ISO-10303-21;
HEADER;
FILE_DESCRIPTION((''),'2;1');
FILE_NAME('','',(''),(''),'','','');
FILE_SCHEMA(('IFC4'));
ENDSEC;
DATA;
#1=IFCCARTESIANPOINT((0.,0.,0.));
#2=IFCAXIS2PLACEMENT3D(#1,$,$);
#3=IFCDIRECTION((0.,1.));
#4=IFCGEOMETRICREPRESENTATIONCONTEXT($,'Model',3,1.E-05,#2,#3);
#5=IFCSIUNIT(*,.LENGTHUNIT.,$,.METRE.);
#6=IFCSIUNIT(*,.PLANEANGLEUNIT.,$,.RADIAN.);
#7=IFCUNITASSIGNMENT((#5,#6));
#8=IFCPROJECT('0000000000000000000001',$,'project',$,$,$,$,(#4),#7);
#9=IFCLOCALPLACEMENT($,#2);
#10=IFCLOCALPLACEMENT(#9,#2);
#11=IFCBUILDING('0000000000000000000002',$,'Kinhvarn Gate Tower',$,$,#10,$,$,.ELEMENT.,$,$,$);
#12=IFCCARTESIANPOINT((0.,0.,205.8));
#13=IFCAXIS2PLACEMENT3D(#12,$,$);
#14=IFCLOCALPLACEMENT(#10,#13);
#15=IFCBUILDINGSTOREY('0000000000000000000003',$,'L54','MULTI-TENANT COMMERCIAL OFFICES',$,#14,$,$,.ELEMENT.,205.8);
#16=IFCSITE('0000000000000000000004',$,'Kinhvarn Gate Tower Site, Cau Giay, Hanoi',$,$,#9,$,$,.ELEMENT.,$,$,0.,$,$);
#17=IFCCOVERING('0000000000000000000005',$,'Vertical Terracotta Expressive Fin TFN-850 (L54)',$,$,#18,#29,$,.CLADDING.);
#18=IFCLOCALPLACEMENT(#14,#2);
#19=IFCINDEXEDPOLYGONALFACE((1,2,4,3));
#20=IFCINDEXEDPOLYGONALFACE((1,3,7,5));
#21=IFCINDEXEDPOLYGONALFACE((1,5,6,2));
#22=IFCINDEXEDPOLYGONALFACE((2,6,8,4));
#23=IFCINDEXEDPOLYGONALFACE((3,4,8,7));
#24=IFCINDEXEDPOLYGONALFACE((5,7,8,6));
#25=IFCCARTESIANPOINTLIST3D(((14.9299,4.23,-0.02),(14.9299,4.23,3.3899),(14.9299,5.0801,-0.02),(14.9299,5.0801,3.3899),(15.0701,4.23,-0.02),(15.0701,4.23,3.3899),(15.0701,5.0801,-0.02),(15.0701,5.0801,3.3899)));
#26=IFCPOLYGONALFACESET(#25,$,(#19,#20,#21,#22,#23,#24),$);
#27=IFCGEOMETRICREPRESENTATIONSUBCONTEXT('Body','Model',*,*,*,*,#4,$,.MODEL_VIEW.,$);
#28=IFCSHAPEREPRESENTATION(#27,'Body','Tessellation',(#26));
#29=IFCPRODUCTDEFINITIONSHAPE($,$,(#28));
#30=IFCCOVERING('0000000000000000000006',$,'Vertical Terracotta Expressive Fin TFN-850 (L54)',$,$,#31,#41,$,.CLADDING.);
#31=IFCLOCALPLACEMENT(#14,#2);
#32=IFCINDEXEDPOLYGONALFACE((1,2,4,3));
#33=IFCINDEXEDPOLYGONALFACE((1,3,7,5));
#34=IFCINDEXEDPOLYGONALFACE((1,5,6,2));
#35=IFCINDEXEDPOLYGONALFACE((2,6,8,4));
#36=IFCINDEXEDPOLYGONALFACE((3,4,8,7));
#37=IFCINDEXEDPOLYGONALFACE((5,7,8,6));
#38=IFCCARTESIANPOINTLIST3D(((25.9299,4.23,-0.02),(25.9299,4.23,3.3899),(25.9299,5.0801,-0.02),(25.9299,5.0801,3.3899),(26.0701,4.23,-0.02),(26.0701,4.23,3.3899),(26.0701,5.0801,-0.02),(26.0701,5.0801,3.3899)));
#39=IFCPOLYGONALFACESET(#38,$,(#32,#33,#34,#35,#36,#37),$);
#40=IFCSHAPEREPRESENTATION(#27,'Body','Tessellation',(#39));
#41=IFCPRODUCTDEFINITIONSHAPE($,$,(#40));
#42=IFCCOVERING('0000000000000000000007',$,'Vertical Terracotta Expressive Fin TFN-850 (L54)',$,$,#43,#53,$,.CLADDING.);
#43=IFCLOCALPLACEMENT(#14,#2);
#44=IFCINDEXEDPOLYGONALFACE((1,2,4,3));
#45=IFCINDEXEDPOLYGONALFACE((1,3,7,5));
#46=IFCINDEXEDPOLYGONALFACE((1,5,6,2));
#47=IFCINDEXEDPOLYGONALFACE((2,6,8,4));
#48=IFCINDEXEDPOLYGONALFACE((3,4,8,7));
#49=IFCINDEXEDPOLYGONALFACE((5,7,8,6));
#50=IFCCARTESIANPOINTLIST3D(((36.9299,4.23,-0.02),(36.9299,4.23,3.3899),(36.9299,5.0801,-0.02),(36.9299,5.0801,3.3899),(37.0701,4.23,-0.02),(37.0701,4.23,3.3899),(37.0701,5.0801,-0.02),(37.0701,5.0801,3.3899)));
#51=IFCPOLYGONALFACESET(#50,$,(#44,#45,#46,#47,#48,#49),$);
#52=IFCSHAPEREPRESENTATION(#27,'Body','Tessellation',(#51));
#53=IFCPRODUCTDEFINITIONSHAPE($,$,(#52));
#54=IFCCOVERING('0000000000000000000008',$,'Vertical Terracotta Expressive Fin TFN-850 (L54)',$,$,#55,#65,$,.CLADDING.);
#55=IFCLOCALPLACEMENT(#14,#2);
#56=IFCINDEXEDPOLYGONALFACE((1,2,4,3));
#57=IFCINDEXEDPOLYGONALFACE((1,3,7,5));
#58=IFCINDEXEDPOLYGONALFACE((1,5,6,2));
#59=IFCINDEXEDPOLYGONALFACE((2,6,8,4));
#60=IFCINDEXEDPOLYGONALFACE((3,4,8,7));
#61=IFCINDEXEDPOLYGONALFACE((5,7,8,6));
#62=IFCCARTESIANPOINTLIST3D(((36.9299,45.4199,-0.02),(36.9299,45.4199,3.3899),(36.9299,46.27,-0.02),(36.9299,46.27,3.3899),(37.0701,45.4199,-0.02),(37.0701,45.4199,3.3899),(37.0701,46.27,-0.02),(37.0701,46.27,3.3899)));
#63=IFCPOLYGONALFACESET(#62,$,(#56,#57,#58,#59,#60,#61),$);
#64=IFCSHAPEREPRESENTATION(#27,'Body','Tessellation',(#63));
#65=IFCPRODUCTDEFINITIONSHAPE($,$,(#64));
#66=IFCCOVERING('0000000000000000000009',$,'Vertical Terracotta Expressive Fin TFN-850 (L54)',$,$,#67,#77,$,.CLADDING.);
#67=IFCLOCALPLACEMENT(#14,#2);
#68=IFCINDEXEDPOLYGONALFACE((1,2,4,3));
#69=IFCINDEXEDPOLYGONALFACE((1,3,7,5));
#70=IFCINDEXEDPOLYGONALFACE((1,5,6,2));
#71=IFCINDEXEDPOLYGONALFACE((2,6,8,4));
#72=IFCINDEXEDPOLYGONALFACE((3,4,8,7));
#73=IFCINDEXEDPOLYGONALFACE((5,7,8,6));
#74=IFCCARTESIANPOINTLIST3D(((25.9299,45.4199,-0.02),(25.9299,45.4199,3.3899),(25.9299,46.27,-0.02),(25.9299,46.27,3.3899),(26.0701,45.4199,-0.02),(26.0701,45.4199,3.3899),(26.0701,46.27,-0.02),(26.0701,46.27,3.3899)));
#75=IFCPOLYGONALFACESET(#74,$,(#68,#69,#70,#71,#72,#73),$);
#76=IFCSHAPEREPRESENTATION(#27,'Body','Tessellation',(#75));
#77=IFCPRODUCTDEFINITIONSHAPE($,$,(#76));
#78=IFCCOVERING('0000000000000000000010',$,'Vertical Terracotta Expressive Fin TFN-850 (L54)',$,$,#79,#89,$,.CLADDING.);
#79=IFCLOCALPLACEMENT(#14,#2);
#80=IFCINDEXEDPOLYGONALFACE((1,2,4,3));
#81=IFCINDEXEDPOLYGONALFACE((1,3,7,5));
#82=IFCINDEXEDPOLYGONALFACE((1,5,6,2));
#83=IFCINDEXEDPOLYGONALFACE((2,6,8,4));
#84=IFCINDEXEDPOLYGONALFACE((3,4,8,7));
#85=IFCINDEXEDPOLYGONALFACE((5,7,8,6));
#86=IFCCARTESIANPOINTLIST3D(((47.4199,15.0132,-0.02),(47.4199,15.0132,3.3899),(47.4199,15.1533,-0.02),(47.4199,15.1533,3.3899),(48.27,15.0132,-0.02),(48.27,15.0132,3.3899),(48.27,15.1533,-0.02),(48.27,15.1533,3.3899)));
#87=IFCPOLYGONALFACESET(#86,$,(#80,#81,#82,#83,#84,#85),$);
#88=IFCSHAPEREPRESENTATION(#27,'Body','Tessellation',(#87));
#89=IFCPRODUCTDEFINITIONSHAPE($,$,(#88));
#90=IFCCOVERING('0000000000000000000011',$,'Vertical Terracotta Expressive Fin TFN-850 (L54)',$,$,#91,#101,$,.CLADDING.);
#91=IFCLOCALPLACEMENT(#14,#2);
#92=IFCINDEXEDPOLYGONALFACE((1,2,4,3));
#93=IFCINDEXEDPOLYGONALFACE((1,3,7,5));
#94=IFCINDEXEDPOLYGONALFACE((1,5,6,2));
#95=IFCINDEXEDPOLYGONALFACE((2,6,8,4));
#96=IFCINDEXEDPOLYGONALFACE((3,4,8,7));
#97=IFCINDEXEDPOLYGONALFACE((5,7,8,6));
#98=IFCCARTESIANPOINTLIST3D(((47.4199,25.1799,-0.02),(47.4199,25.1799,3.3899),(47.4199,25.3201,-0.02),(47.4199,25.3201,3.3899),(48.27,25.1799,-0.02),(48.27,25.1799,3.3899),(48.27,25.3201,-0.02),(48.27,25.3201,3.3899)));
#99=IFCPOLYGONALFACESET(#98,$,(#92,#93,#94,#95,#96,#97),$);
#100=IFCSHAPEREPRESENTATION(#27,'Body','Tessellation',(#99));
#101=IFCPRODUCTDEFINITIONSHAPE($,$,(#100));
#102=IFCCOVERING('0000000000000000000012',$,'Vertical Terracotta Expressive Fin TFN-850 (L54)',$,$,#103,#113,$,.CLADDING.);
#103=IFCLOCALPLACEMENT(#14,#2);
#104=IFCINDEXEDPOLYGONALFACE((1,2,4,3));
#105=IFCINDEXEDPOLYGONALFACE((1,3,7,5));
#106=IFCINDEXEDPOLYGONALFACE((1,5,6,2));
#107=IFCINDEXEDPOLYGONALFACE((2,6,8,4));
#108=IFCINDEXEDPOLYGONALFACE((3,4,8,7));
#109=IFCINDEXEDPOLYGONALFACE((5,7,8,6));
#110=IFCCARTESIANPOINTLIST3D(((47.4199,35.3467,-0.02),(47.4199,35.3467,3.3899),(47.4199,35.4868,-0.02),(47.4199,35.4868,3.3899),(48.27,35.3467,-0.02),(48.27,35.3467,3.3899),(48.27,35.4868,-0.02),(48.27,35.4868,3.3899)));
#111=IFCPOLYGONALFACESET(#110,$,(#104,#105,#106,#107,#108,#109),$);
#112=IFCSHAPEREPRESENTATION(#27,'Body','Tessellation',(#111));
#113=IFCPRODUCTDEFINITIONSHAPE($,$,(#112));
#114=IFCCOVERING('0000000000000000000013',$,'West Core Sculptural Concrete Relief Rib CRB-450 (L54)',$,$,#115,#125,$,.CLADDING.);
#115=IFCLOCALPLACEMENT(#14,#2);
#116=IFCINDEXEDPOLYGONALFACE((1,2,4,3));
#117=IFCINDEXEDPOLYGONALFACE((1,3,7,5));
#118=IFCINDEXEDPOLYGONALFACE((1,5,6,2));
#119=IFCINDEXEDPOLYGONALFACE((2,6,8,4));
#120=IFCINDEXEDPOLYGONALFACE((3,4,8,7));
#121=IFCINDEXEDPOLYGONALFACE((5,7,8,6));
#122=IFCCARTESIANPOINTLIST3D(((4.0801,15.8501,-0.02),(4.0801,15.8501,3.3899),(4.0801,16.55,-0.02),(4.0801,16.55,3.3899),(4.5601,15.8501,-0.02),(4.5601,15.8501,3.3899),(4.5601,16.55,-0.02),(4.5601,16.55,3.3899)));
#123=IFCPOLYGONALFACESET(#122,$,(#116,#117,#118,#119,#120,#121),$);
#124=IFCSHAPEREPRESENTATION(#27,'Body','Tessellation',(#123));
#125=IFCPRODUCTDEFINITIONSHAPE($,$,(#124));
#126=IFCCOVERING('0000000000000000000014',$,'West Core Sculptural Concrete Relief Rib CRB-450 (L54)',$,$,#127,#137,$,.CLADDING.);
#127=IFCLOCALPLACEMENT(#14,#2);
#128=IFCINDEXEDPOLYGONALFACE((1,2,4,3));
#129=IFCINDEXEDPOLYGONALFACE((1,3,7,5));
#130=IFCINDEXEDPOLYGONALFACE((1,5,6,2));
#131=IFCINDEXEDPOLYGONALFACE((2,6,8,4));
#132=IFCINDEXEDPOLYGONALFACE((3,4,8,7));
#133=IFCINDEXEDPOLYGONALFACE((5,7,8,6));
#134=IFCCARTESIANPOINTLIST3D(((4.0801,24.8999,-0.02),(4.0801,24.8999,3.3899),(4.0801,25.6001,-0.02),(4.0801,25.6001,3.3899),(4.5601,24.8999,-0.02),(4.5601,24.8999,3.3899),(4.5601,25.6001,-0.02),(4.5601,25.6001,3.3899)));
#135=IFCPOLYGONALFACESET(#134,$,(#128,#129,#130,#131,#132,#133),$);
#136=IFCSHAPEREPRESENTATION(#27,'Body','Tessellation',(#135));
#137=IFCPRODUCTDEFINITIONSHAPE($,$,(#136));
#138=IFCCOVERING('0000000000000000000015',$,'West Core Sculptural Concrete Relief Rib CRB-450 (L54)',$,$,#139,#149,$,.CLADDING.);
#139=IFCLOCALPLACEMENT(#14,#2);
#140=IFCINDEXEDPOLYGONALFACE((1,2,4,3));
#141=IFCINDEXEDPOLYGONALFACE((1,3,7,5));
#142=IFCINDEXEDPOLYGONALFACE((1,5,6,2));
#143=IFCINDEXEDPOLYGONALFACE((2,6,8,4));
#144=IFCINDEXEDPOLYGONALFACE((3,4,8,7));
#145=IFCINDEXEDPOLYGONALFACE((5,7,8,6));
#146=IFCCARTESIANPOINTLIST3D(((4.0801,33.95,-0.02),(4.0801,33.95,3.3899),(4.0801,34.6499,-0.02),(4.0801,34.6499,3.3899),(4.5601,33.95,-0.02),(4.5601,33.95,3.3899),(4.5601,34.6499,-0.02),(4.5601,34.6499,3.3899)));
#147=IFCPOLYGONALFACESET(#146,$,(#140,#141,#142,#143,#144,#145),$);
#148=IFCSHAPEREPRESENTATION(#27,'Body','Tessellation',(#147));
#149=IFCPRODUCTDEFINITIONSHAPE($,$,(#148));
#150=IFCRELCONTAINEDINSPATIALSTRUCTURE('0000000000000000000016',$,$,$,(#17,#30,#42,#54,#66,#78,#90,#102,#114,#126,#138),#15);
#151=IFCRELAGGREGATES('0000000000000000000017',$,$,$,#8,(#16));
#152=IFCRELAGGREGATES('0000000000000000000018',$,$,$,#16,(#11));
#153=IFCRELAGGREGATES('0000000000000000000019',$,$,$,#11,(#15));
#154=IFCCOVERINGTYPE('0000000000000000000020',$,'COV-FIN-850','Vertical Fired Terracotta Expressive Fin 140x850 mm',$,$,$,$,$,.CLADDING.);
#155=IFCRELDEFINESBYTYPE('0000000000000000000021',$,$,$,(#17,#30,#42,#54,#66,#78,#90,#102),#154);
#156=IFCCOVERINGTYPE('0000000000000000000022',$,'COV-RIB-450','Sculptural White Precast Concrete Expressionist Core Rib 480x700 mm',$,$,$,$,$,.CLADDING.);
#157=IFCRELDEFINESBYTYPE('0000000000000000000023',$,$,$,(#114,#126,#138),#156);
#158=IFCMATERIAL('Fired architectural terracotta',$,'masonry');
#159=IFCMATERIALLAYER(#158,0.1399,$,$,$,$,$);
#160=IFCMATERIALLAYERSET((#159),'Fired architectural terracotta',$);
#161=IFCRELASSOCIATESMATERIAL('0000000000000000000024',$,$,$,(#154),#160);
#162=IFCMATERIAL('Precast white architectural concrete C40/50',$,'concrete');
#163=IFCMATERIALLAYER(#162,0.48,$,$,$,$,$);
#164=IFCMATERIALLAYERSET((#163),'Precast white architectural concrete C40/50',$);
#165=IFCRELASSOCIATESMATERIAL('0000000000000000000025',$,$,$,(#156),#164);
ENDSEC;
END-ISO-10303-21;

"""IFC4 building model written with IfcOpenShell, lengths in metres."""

from ifc_helpers import new_model, si_unit, direction, frame, origin, place, context, subcontext, project, spatial, polyline, outline, extrude, material, layer, layer_set, type_object, element, save


model = new_model("IFC4")

# Units and contexts
model_context = context("Model", 3, precision=1e-05, world=origin(), true_north=direction((0.0, 1.0)))
body_context = subcontext(model_context, "Body", "Model", "MODEL_VIEW")
ifc_project = project(units=[si_unit("LENGTHUNIT", "METRE"), si_unit("PLANEANGLEUNIT", "RADIAN")], contexts=[model_context])

# Site, building, storey
site_placement = place(None, origin())
site = spatial("IfcSite", under=ifc_project, at=site_placement, Name="Kinhvarn Gate Tower Site, Cau Giay, Hanoi", CompositionType="ELEMENT", RefElevation=0.0)
building_placement = place(site_placement, origin())
building = spatial("IfcBuilding", under=site, at=building_placement, Name="Kinhvarn Gate Tower", CompositionType="ELEMENT")
storey_placement = place(building_placement, frame((0.0, 0.0, 205.8)))
storey = spatial("IfcBuildingStorey", under=building, at=storey_placement, Name="L54", Description="MULTI-TENANT COMMERCIAL OFFICES", CompositionType="ELEMENT", Elevation=205.8)

# Shared definitions
ifc_material_1 = material(Name="Precast white architectural concrete C40/50", Category="concrete")

# Coverings
ifc_material_2 = material(Name="Fired architectural terracotta", Category="masonry")
ifc_layer_1 = layer(ifc_material_2, 0.1399)
ifc_layer_set_1 = layer_set([ifc_layer_1], Name="Fired architectural terracotta")
covering_type_1 = type_object("IfcCoveringType", Name="COV-FIN-850", Description="Vertical Fired Terracotta Expressive Fin 140x850 mm", PredefinedType="CLADDING", material=ifc_layer_set_1)
covering_1_placement = place(storey_placement, frame((0.0, 0.0, -0.02)))
element("IfcCovering", 1, at=covering_1_placement, inside=storey, type_object=covering_type_1, Name="Vertical Terracotta Expressive Fin TFN-850 (L54)", PredefinedType="CLADDING", context=body_context, shape_type="SweptSolid", body=[
    extrude(outline(polyline([(14.9299, 5.0801), (15.0701, 5.0801), (15.0701, 4.23), (14.9299, 4.23), (14.9299, 5.0801)])), origin(), (0.0, 0.0, 1.0), 3.4099),
])
covering_2_placement = place(storey_placement, frame((0.0, 0.0, -0.02)))
element("IfcCovering", 2, at=covering_2_placement, inside=storey, type_object=covering_type_1, Name="Vertical Terracotta Expressive Fin TFN-850 (L54)", PredefinedType="CLADDING", context=body_context, shape_type="SweptSolid", body=[
    extrude(outline(polyline([(25.9299, 5.0801), (26.0701, 5.0801), (26.0701, 4.23), (25.9299, 4.23), (25.9299, 5.0801)])), origin(), (0.0, 0.0, 1.0), 3.4099),
])
covering_3_placement = place(storey_placement, frame((0.0, 0.0, -0.02)))
element("IfcCovering", 3, at=covering_3_placement, inside=storey, type_object=covering_type_1, Name="Vertical Terracotta Expressive Fin TFN-850 (L54)", PredefinedType="CLADDING", context=body_context, shape_type="SweptSolid", body=[
    extrude(outline(polyline([(36.9299, 5.0801), (37.0701, 5.0801), (37.0701, 4.23), (36.9299, 4.23), (36.9299, 5.0801)])), origin(), (0.0, 0.0, 1.0), 3.4099),
])
covering_4_placement = place(storey_placement, frame((0.0, 0.0, -0.02)))
element("IfcCovering", 4, at=covering_4_placement, inside=storey, type_object=covering_type_1, Name="Vertical Terracotta Expressive Fin TFN-850 (L54)", PredefinedType="CLADDING", context=body_context, shape_type="SweptSolid", body=[
    extrude(outline(polyline([(37.0701, 45.4199), (36.9299, 45.4199), (36.9299, 46.27), (37.0701, 46.27), (37.0701, 45.4199)])), origin(), (0.0, 0.0, 1.0), 3.4099),
])
covering_5_placement = place(storey_placement, frame((0.0, 0.0, -0.02)))
element("IfcCovering", 5, at=covering_5_placement, inside=storey, type_object=covering_type_1, Name="Vertical Terracotta Expressive Fin TFN-850 (L54)", PredefinedType="CLADDING", context=body_context, shape_type="SweptSolid", body=[
    extrude(outline(polyline([(26.0701, 45.4199), (25.9299, 45.4199), (25.9299, 46.27), (26.0701, 46.27), (26.0701, 45.4199)])), origin(), (0.0, 0.0, 1.0), 3.4099),
])
covering_6_placement = place(storey_placement, frame((0.0, 0.0, -0.02)))
element("IfcCovering", 6, at=covering_6_placement, inside=storey, type_object=covering_type_1, Name="Vertical Terracotta Expressive Fin TFN-850 (L54)", PredefinedType="CLADDING", context=body_context, shape_type="SweptSolid", body=[
    extrude(outline(polyline([(47.4199, 15.0132), (47.4199, 15.1533), (48.27, 15.1533), (48.27, 15.0132), (47.4199, 15.0132)])), origin(), (0.0, 0.0, 1.0), 3.4099),
])
covering_7_placement = place(storey_placement, frame((0.0, 0.0, -0.02)))
element("IfcCovering", 7, at=covering_7_placement, inside=storey, type_object=covering_type_1, Name="Vertical Terracotta Expressive Fin TFN-850 (L54)", PredefinedType="CLADDING", context=body_context, shape_type="SweptSolid", body=[
    extrude(outline(polyline([(47.4199, 25.1799), (47.4199, 25.3201), (48.27, 25.3201), (48.27, 25.1799), (47.4199, 25.1799)])), origin(), (0.0, 0.0, 1.0), 3.4099),
])
covering_8_placement = place(storey_placement, frame((0.0, 0.0, -0.02)))
element("IfcCovering", 8, at=covering_8_placement, inside=storey, type_object=covering_type_1, Name="Vertical Terracotta Expressive Fin TFN-850 (L54)", PredefinedType="CLADDING", context=body_context, shape_type="SweptSolid", body=[
    extrude(outline(polyline([(47.4199, 35.3467), (47.4199, 35.4868), (48.27, 35.4868), (48.27, 35.3467), (47.4199, 35.3467)])), origin(), (0.0, 0.0, 1.0), 3.4099),
])
ifc_layer_2 = layer(ifc_material_1, 0.48)
ifc_layer_set_2 = layer_set([ifc_layer_2], Name="Precast white architectural concrete C40/50")
covering_type_2 = type_object("IfcCoveringType", Name="COV-RIB-450", Description="Sculptural White Precast Concrete Expressionist Core Rib 480x700 mm", PredefinedType="CLADDING", material=ifc_layer_set_2)
covering_9_placement = place(storey_placement, frame((0.0, 0.0, -0.02)))
element("IfcCovering", 9, at=covering_9_placement, inside=storey, type_object=covering_type_2, Name="West Core Sculptural Concrete Relief Rib CRB-450 (L54)", PredefinedType="CLADDING", context=body_context, shape_type="SweptSolid", body=[
    extrude(outline(polyline([(4.0801, 15.8501), (4.5601, 15.8501), (4.5601, 16.55), (4.0801, 16.55), (4.0801, 15.8501)])), origin(), (0.0, 0.0, 1.0), 3.4099),
])
covering_10_placement = place(storey_placement, frame((0.0, 0.0, -0.02)))
element("IfcCovering", 10, at=covering_10_placement, inside=storey, type_object=covering_type_2, Name="West Core Sculptural Concrete Relief Rib CRB-450 (L54)", PredefinedType="CLADDING", context=body_context, shape_type="SweptSolid", body=[
    extrude(outline(polyline([(4.0801, 24.8999), (4.5601, 24.8999), (4.5601, 25.6001), (4.0801, 25.6001), (4.0801, 24.8999)])), origin(), (0.0, 0.0, 1.0), 3.4099),
])
covering_11_placement = place(storey_placement, frame((0.0, 0.0, -0.02)))
element("IfcCovering", 11, at=covering_11_placement, inside=storey, type_object=covering_type_2, Name="West Core Sculptural Concrete Relief Rib CRB-450 (L54)", PredefinedType="CLADDING", context=body_context, shape_type="SweptSolid", body=[
    extrude(outline(polyline([(4.0801, 33.95), (4.5601, 33.95), (4.5601, 34.6499), (4.0801, 34.6499), (4.0801, 33.95)])), origin(), (0.0, 0.0, 1.0), 3.4099),
])

save(model, "model.ifc")
